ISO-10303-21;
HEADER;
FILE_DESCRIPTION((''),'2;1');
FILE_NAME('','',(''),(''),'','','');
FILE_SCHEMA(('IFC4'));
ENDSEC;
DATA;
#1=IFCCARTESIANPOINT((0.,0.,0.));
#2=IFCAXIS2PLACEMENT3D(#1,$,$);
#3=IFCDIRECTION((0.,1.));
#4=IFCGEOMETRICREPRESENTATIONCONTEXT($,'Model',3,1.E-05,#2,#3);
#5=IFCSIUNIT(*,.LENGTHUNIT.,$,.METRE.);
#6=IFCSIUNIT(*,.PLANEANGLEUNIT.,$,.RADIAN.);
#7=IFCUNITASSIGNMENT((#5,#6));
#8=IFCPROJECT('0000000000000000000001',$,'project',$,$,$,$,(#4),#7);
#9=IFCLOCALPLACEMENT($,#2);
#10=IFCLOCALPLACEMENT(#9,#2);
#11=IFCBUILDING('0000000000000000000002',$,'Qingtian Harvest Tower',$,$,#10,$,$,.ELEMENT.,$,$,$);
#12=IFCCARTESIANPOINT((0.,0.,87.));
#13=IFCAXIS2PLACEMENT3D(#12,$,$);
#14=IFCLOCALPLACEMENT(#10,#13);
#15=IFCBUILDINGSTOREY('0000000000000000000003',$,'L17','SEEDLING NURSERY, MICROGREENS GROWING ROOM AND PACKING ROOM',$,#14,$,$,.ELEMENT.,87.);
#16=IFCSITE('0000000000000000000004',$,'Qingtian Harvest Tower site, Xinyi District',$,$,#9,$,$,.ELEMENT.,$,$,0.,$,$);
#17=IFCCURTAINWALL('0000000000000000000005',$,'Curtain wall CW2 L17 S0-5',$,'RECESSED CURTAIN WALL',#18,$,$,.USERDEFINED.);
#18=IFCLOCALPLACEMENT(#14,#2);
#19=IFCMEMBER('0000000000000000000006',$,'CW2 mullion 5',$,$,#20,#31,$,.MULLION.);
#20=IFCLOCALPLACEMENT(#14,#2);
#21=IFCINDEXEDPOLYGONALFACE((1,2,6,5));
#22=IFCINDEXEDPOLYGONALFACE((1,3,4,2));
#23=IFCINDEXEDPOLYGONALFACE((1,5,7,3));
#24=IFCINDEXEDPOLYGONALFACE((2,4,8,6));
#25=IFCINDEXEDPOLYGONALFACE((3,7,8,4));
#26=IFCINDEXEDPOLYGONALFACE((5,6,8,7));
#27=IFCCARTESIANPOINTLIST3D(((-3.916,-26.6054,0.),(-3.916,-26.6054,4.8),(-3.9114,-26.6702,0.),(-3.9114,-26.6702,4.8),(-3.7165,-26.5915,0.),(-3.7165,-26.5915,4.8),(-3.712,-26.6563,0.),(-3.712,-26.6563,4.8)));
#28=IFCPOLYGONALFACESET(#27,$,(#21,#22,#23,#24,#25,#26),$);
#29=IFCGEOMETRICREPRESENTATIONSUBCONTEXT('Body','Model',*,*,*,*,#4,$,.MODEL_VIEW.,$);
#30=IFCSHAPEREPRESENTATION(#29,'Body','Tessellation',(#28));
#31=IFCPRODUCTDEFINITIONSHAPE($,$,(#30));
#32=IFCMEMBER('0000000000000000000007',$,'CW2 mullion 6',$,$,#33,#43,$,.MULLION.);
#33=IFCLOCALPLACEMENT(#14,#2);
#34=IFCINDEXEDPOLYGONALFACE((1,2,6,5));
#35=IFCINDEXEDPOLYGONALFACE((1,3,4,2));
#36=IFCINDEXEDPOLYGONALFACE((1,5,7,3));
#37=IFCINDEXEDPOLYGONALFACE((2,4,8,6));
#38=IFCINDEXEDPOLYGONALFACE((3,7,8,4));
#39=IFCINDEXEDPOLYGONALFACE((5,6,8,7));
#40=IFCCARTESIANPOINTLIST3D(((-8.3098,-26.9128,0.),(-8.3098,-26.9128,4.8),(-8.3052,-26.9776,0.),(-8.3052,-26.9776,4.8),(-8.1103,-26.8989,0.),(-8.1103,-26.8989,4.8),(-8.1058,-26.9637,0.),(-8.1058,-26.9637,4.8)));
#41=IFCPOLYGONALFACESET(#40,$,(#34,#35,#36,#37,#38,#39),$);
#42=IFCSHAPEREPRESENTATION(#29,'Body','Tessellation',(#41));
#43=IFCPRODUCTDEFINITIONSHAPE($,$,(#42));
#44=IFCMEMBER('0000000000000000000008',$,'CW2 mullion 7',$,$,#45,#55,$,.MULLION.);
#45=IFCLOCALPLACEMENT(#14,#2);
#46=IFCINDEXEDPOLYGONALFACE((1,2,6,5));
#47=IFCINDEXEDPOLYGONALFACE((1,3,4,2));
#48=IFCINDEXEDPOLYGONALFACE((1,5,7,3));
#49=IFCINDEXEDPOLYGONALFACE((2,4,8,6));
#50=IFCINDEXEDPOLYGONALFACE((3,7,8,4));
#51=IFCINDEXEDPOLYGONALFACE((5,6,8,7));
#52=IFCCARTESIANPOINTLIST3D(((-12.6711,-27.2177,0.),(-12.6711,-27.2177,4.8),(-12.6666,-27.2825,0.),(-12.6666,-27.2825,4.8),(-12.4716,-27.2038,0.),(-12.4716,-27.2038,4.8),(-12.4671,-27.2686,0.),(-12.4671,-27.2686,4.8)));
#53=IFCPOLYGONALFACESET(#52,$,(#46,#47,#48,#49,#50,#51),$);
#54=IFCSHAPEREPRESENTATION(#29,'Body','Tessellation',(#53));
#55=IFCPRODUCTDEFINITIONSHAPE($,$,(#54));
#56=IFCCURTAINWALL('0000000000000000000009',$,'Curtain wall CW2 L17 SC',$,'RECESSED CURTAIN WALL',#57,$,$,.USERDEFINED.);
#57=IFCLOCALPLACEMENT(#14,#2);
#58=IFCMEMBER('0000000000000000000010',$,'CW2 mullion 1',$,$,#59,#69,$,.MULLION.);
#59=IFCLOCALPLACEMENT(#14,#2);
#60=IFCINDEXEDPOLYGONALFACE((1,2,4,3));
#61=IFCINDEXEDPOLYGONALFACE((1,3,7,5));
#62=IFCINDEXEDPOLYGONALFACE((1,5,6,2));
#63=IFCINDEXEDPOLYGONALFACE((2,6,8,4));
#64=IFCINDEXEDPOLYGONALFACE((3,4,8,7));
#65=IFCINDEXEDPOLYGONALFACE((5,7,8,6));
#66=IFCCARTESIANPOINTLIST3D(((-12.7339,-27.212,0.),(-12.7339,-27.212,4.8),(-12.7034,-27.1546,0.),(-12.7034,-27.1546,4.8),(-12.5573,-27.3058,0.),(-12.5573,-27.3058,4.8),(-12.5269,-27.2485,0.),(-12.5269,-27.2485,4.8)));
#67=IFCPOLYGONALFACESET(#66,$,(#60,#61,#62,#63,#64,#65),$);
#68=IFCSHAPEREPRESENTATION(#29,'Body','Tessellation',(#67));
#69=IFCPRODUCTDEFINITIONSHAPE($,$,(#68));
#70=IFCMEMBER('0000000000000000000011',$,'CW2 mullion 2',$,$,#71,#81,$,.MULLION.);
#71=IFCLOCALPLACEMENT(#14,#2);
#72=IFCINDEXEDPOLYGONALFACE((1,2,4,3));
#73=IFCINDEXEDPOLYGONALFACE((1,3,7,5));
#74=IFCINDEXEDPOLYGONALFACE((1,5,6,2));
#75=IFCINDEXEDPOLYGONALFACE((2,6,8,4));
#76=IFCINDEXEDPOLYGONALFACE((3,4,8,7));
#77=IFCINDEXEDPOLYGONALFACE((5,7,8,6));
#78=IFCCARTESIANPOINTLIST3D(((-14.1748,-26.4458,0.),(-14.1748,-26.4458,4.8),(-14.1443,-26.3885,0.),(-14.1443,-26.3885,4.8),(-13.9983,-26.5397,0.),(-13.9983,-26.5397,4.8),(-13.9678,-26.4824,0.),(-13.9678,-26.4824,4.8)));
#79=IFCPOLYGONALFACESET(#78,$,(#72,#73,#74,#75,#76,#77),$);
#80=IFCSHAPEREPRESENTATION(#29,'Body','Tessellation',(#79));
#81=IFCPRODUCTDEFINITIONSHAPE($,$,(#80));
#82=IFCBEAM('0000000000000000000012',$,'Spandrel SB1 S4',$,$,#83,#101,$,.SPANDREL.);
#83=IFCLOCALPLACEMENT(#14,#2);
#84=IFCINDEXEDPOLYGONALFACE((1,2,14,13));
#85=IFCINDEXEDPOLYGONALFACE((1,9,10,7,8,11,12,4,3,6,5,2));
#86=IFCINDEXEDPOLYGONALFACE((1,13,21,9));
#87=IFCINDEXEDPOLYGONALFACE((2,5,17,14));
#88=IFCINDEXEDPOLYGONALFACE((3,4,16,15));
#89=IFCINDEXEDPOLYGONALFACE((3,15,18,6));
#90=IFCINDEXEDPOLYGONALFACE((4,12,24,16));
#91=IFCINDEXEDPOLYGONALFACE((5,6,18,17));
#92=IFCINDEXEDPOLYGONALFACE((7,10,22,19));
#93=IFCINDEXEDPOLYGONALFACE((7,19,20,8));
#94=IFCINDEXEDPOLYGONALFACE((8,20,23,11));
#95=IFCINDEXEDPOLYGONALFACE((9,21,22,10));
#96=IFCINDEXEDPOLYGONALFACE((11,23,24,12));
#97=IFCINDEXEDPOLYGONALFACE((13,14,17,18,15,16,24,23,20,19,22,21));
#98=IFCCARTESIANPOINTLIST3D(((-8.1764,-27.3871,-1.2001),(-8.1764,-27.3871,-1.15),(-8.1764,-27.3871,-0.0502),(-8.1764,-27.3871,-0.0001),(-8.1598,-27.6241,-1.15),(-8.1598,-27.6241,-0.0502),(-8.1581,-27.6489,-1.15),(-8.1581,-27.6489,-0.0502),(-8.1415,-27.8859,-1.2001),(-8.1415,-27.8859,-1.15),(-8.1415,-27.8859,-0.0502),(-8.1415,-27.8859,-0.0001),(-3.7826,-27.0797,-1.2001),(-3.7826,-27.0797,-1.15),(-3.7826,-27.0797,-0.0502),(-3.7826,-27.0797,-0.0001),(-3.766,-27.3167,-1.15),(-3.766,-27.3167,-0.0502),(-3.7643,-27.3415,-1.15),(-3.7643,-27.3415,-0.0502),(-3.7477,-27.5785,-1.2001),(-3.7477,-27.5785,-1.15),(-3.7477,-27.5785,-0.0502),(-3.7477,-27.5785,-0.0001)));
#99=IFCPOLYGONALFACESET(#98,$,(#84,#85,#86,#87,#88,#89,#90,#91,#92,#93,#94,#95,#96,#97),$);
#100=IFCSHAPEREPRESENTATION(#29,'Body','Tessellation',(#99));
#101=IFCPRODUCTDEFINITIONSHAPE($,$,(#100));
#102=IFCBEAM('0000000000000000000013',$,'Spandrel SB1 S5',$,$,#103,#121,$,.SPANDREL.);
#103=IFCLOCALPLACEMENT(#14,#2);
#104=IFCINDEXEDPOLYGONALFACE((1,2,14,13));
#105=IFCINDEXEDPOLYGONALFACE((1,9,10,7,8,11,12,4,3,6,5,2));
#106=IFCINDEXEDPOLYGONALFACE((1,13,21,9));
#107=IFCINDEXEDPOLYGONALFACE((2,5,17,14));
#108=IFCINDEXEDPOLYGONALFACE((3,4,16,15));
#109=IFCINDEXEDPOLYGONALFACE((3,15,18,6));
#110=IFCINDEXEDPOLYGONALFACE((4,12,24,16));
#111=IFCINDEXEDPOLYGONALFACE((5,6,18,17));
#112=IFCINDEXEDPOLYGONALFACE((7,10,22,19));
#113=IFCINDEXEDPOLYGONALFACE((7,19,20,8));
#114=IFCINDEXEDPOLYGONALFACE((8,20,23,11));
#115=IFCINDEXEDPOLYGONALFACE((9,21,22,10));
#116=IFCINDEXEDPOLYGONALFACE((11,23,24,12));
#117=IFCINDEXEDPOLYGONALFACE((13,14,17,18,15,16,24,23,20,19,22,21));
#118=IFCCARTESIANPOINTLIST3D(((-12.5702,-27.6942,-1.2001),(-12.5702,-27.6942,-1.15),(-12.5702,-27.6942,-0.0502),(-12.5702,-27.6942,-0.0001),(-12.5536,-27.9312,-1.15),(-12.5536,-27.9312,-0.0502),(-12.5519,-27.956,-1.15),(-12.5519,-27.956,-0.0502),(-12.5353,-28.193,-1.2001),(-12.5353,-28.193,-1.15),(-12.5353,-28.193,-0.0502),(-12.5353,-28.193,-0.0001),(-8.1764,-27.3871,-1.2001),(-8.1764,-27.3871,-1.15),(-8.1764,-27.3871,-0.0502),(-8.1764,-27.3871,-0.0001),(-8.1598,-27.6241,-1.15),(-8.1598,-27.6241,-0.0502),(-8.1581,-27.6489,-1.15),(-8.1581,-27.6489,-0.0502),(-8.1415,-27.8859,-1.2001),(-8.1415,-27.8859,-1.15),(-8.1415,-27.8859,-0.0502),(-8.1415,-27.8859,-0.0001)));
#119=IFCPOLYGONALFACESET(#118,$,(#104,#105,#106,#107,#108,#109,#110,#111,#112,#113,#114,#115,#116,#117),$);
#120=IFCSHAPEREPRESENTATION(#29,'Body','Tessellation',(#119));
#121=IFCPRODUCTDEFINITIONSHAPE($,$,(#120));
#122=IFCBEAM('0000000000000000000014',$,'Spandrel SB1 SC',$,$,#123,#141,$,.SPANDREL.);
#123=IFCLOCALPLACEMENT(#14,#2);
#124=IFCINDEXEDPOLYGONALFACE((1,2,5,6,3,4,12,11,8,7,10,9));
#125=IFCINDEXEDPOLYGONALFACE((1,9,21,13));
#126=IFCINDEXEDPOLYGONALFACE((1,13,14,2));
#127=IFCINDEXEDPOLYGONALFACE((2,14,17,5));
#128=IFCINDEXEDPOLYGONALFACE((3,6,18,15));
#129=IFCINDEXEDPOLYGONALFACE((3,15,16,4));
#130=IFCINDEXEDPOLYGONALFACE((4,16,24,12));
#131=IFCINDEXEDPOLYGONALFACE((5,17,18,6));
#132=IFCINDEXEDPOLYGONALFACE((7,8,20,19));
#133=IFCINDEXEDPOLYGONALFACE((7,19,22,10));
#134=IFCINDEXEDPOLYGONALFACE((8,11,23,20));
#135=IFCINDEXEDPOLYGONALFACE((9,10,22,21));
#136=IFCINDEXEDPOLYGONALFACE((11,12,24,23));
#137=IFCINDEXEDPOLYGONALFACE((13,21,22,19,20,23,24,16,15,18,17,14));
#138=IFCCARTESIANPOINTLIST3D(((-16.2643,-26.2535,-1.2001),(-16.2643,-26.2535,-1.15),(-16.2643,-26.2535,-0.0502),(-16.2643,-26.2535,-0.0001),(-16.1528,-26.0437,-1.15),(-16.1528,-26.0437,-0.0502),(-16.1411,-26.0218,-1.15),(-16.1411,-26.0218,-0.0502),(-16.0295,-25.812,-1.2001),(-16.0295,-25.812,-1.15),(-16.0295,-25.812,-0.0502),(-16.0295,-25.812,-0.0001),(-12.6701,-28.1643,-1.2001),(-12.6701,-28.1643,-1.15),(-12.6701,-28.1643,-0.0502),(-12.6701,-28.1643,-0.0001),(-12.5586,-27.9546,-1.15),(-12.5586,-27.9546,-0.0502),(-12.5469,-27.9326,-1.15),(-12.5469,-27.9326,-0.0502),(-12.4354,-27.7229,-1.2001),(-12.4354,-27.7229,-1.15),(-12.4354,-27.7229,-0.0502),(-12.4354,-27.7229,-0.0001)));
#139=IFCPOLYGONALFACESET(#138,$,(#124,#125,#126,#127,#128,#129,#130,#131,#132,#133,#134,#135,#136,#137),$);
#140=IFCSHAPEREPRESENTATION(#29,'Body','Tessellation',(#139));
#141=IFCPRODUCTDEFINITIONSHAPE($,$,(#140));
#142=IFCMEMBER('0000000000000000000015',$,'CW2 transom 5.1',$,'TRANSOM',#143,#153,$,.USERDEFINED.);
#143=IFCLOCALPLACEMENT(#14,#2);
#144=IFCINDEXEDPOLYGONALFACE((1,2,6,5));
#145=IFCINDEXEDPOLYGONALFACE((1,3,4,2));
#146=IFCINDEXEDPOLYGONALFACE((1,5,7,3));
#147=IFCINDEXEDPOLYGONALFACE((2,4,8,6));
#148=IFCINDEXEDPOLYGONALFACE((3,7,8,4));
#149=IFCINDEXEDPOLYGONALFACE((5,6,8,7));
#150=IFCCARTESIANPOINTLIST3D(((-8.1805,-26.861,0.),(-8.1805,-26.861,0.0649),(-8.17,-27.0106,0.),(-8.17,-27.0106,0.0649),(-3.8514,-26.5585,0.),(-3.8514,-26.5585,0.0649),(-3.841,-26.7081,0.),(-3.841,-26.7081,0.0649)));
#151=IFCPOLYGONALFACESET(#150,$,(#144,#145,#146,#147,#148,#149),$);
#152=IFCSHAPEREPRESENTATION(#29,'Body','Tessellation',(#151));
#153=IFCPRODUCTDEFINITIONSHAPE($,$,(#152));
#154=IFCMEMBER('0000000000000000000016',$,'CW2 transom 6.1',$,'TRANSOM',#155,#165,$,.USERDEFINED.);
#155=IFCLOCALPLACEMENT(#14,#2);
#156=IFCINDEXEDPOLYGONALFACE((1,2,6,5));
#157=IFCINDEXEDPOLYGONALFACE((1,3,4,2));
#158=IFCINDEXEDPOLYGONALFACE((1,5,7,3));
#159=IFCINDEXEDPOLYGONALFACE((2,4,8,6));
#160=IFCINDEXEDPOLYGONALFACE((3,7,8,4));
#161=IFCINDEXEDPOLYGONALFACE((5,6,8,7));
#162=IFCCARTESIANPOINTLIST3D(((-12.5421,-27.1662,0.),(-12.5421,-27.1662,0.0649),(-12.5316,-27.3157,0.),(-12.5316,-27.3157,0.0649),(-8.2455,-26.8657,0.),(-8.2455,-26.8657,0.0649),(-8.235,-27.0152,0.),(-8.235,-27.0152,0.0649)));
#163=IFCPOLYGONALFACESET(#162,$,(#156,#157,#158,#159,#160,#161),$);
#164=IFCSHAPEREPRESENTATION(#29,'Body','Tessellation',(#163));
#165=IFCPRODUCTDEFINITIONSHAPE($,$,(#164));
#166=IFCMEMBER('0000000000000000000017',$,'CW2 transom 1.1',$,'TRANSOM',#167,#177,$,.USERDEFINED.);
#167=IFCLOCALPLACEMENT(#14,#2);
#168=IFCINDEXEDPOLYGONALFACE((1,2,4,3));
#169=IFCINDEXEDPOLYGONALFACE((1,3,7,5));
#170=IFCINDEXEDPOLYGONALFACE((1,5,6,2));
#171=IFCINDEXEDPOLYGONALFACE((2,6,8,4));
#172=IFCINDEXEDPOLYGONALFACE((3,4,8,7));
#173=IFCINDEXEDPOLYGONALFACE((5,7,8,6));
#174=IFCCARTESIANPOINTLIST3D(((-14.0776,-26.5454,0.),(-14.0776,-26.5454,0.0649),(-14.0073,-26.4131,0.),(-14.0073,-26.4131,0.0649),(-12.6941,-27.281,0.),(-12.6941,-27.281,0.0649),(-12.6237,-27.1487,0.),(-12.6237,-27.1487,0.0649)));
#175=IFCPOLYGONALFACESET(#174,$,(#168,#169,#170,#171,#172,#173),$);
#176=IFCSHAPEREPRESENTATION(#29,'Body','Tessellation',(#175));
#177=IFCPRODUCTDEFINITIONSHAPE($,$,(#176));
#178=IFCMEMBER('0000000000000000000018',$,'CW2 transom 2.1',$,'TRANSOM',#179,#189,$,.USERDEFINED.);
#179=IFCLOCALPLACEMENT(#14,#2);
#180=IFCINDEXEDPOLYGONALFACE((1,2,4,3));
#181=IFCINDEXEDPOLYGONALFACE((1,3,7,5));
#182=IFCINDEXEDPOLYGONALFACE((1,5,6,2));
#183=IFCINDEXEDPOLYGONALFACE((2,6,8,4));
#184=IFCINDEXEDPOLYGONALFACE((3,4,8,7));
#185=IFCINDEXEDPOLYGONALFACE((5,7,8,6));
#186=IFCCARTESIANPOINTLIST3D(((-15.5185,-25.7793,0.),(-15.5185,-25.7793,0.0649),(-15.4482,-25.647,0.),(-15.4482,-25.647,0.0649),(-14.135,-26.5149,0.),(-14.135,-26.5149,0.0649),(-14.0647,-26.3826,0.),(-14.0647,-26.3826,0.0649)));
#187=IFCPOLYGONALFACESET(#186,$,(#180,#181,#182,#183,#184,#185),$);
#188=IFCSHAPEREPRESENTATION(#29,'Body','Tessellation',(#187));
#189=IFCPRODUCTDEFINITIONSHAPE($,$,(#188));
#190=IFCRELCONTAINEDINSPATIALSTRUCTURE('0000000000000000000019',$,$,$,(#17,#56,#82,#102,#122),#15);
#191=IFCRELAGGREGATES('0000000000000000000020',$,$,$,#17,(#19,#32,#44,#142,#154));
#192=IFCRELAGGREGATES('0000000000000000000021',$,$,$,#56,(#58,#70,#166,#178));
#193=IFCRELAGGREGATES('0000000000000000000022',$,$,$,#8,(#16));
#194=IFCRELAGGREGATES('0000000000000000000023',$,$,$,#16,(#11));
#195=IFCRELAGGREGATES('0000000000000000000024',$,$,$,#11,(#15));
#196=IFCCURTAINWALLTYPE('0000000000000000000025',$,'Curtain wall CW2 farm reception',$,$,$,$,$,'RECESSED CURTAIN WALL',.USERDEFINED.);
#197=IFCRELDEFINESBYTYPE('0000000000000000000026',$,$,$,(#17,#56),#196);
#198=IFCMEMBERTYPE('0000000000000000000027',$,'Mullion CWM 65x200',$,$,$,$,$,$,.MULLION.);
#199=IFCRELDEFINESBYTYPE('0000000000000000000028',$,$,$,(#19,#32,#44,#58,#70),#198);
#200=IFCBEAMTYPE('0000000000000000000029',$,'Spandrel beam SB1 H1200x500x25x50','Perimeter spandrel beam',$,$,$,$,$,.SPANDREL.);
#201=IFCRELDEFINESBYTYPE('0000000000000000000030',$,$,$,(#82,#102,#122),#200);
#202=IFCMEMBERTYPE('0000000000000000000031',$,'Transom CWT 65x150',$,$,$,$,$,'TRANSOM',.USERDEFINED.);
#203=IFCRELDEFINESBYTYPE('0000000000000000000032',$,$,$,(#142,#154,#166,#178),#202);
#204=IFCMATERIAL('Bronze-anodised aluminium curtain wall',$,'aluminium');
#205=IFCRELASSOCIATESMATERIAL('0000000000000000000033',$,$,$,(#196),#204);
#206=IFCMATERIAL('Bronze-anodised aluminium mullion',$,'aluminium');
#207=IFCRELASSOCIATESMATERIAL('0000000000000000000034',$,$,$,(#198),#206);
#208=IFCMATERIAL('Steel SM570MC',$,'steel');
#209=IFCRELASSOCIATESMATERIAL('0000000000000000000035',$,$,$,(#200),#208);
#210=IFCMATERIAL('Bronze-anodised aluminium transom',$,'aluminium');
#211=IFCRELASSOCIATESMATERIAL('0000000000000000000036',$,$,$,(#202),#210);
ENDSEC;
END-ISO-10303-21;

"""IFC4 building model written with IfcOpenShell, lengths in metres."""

from ifc_helpers import new_model, si_unit, direction, frame, origin, origin_2d, place, context, subcontext, project, spatial, rectangle, i_section, extrude, material, material_profile, profile_set, type_object, element, aggregate, save


model = new_model("IFC4")

# Units and contexts
model_context = context("Model", 3, precision=1e-05, world=origin(), true_north=direction((0.0, 1.0)))
body_context = subcontext(model_context, "Body", "Model", "MODEL_VIEW")
ifc_project = project(units=[si_unit("LENGTHUNIT", "METRE"), si_unit("PLANEANGLEUNIT", "RADIAN")], contexts=[model_context])

# Site, building, storey
site_placement = place(None, origin())
site = spatial("IfcSite", under=ifc_project, at=site_placement, Name="Qingtian Harvest Tower site, Xinyi District", CompositionType="ELEMENT", RefElevation=0.0)
building_placement = place(site_placement, origin())
building = spatial("IfcBuilding", under=site, at=building_placement, Name="Qingtian Harvest Tower", CompositionType="ELEMENT")
storey_placement = place(building_placement, frame((0.0, 0.0, 87.0)))
storey = spatial("IfcBuildingStorey", under=building, at=storey_placement, Name="L17", Description="SEEDLING NURSERY, MICROGREENS GROWING ROOM AND PACKING ROOM", CompositionType="ELEMENT", Elevation=87.0)

# Curtain walls, members
ifc_material_1 = material(Name="Bronze-anodised aluminium curtain wall", Category="aluminium")
curtain_wall_type = type_object("IfcCurtainWallType", Name="Curtain wall CW2 farm reception", ElementType="RECESSED CURTAIN WALL", PredefinedType="USERDEFINED", material=ifc_material_1)
curtain_wall_1_placement = place(storey_placement, origin())
curtain_wall_1 = element("IfcCurtainWall", 1, at=curtain_wall_1_placement, inside=storey, type_object=curtain_wall_type, Name="Curtain wall CW2 L17 S0-5", ObjectType="RECESSED CURTAIN WALL", PredefinedType="USERDEFINED")
ifc_material_2 = material(Name="Bronze-anodised aluminium mullion", Category="aluminium")
ifc_material_profile_1 = material_profile(ifc_material_2, rectangle(XDim=0.0649, YDim=0.2, at=origin_2d()), Name="AL 65x200")
ifc_profile_set_1 = profile_set([ifc_material_profile_1], Name="Bronze-anodised aluminium mullion")
member_type_1 = type_object("IfcMemberType", Name="Mullion CWM 65x200", PredefinedType="MULLION", material=ifc_profile_set_1)
member_1_placement = place(storey_placement, frame((-3.814, -26.6309, 0.0), z_axis=(0.0, 0.0, 1.0), x_axis=(0.069756, -0.997564, 0.0)))
member_1 = element("IfcMember", 2, at=member_1_placement, type_object=member_type_1, Name="CW2 mullion 5", PredefinedType="MULLION", context=body_context, shape_type="SweptSolid", body=[
    extrude(rectangle(XDim=0.0649, YDim=0.2, at=origin_2d()), origin(), (0.0, 0.0, 1.0), 4.8),
])
member_2_placement = place(storey_placement, frame((-8.2078, -26.9382, 0.0), z_axis=(0.0, 0.0, 1.0), x_axis=(0.069756, -0.997564, 0.0)))
member_2 = element("IfcMember", 3, at=member_2_placement, type_object=member_type_1, Name="CW2 mullion 6", PredefinedType="MULLION", context=body_context, shape_type="SweptSolid", body=[
    extrude(rectangle(XDim=0.0649, YDim=0.2, at=origin_2d()), origin(), (0.0, 0.0, 1.0), 4.8),
])
member_3_placement = place(storey_placement, frame((-12.5691, -27.2432, 0.0), z_axis=(0.0, 0.0, 1.0), x_axis=(0.069756, -0.997564, 0.0)))
member_3 = element("IfcMember", 4, at=member_3_placement, type_object=member_type_1, Name="CW2 mullion 7", PredefinedType="MULLION", context=body_context, shape_type="SweptSolid", body=[
    extrude(rectangle(XDim=0.0649, YDim=0.2, at=origin_2d()), origin(), (0.0, 0.0, 1.0), 4.8),
])
curtain_wall_2_placement = place(storey_placement, origin())
curtain_wall_2 = element("IfcCurtainWall", 5, at=curtain_wall_2_placement, inside=storey, type_object=curtain_wall_type, Name="Curtain wall CW2 L17 SC", ObjectType="RECESSED CURTAIN WALL", PredefinedType="USERDEFINED")
member_4_placement = place(storey_placement, frame((-12.6304, -27.2302, 0.0), z_axis=(0.0, 0.0, 1.0), x_axis=(-0.469472, -0.882948, 0.0)))
member_4 = element("IfcMember", 6, at=member_4_placement, type_object=member_type_1, Name="CW2 mullion 1", PredefinedType="MULLION", context=body_context, shape_type="SweptSolid", body=[
    extrude(rectangle(XDim=0.0649, YDim=0.2, at=origin_2d()), origin(), (0.0, 0.0, 1.0), 4.8),
])
member_5_placement = place(storey_placement, frame((-14.0713, -26.4641, 0.0), z_axis=(0.0, 0.0, 1.0), x_axis=(-0.469472, -0.882948, 0.0)))
member_5 = element("IfcMember", 7, at=member_5_placement, type_object=member_type_1, Name="CW2 mullion 2", PredefinedType="MULLION", context=body_context, shape_type="SweptSolid", body=[
    extrude(rectangle(XDim=0.0649, YDim=0.2, at=origin_2d()), origin(), (0.0, 0.0, 1.0), 4.8),
])

# Beams
ifc_material_3 = material(Name="Steel SM570MC", Category="steel")
ifc_material_profile_2 = material_profile(ifc_material_3, i_section(OverallWidth=0.5, OverallDepth=1.2, WebThickness=0.0249, FlangeThickness=0.05, at=origin_2d()), Name="H1200x500x25x50")
ifc_profile_set_2 = profile_set([ifc_material_profile_2], Name="Steel SM570MC")
beam_type_1 = type_object("IfcBeamType", Name="Spandrel beam SB1 H1200x500x25x50", Description="Perimeter spandrel beam", PredefinedType="SPANDREL", material=ifc_profile_set_2)
for number, where, z_axis, x_axis, name in (
    (8, (-3.7651, -27.3291, -0.6001), (-0.997562, -0.069786, 0.0), (0.069786, -0.997562, 0.0), "Spandrel SB1 S4"),
    (9, (-8.1589, -27.6365, -0.6001), (-0.997566, -0.06973, 0.0), (0.06973, -0.997566, 0.0), "Spandrel SB1 S5"),
):
    element("IfcBeam", number, at=place(storey_placement, frame(where, z_axis=z_axis, x_axis=x_axis)), inside=storey, type_object=beam_type_1, Name=name, PredefinedType="SPANDREL", context=body_context, shape_type="SweptSolid", body=[
        extrude(i_section(OverallWidth=0.5, OverallDepth=1.2, WebThickness=0.0249, FlangeThickness=0.05, at=origin_2d()), origin(), (0.0, 0.0, 1.0), 4.4045),
    ])
beam_1_placement = place(storey_placement, frame((-12.5527, -27.9436, -0.6001), z_axis=(-0.882968, 0.469433, 0.0), x_axis=(-0.469433, -0.882968, 0.0)))
element("IfcBeam", 10, at=beam_1_placement, inside=storey, type_object=beam_type_1, Name="Spandrel SB1 SC", PredefinedType="SPANDREL", context=body_context, shape_type="SweptSolid", body=[
    extrude(i_section(OverallWidth=0.5, OverallDepth=1.2, WebThickness=0.0249, FlangeThickness=0.05, at=origin_2d()), origin(), (0.0, 0.0, 1.0), 4.0706),
])

# Members
ifc_material_4 = material(Name="Bronze-anodised aluminium transom", Category="aluminium")
ifc_material_profile_3 = material_profile(ifc_material_4, rectangle(XDim=0.1499, YDim=0.0649, at=origin_2d()), Name="AL 65x150")
ifc_profile_set_3 = profile_set([ifc_material_profile_3], Name="Bronze-anodised aluminium transom")
member_type_2 = type_object("IfcMemberType", Name="Transom CWT 65x150", ElementType="TRANSOM", PredefinedType="USERDEFINED", material=ifc_profile_set_3)
member_6_placement = place(storey_placement, frame((-3.8462, -26.6333, 0.0325), z_axis=(-0.997568, -0.069704, 0.0), x_axis=(0.069704, -0.997568, 0.0)))
member_6 = element("IfcMember", 11, at=member_6_placement, type_object=member_type_2, Name="CW2 transom 5.1", ObjectType="TRANSOM", PredefinedType="USERDEFINED", context=body_context, shape_type="SweptSolid", body=[
    extrude(rectangle(XDim=0.1499, YDim=0.0649, at=origin_2d()), origin(), (0.0, 0.0, 1.0), 4.3396),
])
member_7_placement = place(storey_placement, frame((-8.2402, -26.9404, 0.0325), z_axis=(-0.997563, -0.069777, 0.0), x_axis=(0.069777, -0.997563, 0.0)))
member_7 = element("IfcMember", 12, at=member_7_placement, type_object=member_type_2, Name="CW2 transom 6.1", ObjectType="TRANSOM", PredefinedType="USERDEFINED", context=body_context, shape_type="SweptSolid", body=[
    extrude(rectangle(XDim=0.1499, YDim=0.0649, at=origin_2d()), origin(), (0.0, 0.0, 1.0), 4.3071),
])
member_8_placement = place(storey_placement, frame((-12.6589, -27.2148, 0.0325), z_axis=(-0.88296, 0.469448, 0.0), x_axis=(-0.469448, -0.88296, 0.0)))
member_8 = element("IfcMember", 13, at=member_8_placement, type_object=member_type_2, Name="CW2 transom 1.1", ObjectType="TRANSOM", PredefinedType="USERDEFINED", context=body_context, shape_type="SweptSolid", body=[
    extrude(rectangle(XDim=0.1499, YDim=0.0649, at=origin_2d()), origin(), (0.0, 0.0, 1.0), 1.5669),
])
member_9_placement = place(storey_placement, frame((-14.0999, -26.4487, 0.0325), z_axis=(-0.88296, 0.469448, 0.0), x_axis=(-0.469448, -0.88296, 0.0)))
member_9 = element("IfcMember", 14, at=member_9_placement, type_object=member_type_2, Name="CW2 transom 2.1", ObjectType="TRANSOM", PredefinedType="USERDEFINED", context=body_context, shape_type="SweptSolid", body=[
    extrude(rectangle(XDim=0.1499, YDim=0.0649, at=origin_2d()), origin(), (0.0, 0.0, 1.0), 1.5669),
])

aggregate(curtain_wall_1, [member_1, member_2, member_3, member_6, member_7])
aggregate(curtain_wall_2, [member_4, member_5, member_8, member_9])

save(model, "model.ifc")
